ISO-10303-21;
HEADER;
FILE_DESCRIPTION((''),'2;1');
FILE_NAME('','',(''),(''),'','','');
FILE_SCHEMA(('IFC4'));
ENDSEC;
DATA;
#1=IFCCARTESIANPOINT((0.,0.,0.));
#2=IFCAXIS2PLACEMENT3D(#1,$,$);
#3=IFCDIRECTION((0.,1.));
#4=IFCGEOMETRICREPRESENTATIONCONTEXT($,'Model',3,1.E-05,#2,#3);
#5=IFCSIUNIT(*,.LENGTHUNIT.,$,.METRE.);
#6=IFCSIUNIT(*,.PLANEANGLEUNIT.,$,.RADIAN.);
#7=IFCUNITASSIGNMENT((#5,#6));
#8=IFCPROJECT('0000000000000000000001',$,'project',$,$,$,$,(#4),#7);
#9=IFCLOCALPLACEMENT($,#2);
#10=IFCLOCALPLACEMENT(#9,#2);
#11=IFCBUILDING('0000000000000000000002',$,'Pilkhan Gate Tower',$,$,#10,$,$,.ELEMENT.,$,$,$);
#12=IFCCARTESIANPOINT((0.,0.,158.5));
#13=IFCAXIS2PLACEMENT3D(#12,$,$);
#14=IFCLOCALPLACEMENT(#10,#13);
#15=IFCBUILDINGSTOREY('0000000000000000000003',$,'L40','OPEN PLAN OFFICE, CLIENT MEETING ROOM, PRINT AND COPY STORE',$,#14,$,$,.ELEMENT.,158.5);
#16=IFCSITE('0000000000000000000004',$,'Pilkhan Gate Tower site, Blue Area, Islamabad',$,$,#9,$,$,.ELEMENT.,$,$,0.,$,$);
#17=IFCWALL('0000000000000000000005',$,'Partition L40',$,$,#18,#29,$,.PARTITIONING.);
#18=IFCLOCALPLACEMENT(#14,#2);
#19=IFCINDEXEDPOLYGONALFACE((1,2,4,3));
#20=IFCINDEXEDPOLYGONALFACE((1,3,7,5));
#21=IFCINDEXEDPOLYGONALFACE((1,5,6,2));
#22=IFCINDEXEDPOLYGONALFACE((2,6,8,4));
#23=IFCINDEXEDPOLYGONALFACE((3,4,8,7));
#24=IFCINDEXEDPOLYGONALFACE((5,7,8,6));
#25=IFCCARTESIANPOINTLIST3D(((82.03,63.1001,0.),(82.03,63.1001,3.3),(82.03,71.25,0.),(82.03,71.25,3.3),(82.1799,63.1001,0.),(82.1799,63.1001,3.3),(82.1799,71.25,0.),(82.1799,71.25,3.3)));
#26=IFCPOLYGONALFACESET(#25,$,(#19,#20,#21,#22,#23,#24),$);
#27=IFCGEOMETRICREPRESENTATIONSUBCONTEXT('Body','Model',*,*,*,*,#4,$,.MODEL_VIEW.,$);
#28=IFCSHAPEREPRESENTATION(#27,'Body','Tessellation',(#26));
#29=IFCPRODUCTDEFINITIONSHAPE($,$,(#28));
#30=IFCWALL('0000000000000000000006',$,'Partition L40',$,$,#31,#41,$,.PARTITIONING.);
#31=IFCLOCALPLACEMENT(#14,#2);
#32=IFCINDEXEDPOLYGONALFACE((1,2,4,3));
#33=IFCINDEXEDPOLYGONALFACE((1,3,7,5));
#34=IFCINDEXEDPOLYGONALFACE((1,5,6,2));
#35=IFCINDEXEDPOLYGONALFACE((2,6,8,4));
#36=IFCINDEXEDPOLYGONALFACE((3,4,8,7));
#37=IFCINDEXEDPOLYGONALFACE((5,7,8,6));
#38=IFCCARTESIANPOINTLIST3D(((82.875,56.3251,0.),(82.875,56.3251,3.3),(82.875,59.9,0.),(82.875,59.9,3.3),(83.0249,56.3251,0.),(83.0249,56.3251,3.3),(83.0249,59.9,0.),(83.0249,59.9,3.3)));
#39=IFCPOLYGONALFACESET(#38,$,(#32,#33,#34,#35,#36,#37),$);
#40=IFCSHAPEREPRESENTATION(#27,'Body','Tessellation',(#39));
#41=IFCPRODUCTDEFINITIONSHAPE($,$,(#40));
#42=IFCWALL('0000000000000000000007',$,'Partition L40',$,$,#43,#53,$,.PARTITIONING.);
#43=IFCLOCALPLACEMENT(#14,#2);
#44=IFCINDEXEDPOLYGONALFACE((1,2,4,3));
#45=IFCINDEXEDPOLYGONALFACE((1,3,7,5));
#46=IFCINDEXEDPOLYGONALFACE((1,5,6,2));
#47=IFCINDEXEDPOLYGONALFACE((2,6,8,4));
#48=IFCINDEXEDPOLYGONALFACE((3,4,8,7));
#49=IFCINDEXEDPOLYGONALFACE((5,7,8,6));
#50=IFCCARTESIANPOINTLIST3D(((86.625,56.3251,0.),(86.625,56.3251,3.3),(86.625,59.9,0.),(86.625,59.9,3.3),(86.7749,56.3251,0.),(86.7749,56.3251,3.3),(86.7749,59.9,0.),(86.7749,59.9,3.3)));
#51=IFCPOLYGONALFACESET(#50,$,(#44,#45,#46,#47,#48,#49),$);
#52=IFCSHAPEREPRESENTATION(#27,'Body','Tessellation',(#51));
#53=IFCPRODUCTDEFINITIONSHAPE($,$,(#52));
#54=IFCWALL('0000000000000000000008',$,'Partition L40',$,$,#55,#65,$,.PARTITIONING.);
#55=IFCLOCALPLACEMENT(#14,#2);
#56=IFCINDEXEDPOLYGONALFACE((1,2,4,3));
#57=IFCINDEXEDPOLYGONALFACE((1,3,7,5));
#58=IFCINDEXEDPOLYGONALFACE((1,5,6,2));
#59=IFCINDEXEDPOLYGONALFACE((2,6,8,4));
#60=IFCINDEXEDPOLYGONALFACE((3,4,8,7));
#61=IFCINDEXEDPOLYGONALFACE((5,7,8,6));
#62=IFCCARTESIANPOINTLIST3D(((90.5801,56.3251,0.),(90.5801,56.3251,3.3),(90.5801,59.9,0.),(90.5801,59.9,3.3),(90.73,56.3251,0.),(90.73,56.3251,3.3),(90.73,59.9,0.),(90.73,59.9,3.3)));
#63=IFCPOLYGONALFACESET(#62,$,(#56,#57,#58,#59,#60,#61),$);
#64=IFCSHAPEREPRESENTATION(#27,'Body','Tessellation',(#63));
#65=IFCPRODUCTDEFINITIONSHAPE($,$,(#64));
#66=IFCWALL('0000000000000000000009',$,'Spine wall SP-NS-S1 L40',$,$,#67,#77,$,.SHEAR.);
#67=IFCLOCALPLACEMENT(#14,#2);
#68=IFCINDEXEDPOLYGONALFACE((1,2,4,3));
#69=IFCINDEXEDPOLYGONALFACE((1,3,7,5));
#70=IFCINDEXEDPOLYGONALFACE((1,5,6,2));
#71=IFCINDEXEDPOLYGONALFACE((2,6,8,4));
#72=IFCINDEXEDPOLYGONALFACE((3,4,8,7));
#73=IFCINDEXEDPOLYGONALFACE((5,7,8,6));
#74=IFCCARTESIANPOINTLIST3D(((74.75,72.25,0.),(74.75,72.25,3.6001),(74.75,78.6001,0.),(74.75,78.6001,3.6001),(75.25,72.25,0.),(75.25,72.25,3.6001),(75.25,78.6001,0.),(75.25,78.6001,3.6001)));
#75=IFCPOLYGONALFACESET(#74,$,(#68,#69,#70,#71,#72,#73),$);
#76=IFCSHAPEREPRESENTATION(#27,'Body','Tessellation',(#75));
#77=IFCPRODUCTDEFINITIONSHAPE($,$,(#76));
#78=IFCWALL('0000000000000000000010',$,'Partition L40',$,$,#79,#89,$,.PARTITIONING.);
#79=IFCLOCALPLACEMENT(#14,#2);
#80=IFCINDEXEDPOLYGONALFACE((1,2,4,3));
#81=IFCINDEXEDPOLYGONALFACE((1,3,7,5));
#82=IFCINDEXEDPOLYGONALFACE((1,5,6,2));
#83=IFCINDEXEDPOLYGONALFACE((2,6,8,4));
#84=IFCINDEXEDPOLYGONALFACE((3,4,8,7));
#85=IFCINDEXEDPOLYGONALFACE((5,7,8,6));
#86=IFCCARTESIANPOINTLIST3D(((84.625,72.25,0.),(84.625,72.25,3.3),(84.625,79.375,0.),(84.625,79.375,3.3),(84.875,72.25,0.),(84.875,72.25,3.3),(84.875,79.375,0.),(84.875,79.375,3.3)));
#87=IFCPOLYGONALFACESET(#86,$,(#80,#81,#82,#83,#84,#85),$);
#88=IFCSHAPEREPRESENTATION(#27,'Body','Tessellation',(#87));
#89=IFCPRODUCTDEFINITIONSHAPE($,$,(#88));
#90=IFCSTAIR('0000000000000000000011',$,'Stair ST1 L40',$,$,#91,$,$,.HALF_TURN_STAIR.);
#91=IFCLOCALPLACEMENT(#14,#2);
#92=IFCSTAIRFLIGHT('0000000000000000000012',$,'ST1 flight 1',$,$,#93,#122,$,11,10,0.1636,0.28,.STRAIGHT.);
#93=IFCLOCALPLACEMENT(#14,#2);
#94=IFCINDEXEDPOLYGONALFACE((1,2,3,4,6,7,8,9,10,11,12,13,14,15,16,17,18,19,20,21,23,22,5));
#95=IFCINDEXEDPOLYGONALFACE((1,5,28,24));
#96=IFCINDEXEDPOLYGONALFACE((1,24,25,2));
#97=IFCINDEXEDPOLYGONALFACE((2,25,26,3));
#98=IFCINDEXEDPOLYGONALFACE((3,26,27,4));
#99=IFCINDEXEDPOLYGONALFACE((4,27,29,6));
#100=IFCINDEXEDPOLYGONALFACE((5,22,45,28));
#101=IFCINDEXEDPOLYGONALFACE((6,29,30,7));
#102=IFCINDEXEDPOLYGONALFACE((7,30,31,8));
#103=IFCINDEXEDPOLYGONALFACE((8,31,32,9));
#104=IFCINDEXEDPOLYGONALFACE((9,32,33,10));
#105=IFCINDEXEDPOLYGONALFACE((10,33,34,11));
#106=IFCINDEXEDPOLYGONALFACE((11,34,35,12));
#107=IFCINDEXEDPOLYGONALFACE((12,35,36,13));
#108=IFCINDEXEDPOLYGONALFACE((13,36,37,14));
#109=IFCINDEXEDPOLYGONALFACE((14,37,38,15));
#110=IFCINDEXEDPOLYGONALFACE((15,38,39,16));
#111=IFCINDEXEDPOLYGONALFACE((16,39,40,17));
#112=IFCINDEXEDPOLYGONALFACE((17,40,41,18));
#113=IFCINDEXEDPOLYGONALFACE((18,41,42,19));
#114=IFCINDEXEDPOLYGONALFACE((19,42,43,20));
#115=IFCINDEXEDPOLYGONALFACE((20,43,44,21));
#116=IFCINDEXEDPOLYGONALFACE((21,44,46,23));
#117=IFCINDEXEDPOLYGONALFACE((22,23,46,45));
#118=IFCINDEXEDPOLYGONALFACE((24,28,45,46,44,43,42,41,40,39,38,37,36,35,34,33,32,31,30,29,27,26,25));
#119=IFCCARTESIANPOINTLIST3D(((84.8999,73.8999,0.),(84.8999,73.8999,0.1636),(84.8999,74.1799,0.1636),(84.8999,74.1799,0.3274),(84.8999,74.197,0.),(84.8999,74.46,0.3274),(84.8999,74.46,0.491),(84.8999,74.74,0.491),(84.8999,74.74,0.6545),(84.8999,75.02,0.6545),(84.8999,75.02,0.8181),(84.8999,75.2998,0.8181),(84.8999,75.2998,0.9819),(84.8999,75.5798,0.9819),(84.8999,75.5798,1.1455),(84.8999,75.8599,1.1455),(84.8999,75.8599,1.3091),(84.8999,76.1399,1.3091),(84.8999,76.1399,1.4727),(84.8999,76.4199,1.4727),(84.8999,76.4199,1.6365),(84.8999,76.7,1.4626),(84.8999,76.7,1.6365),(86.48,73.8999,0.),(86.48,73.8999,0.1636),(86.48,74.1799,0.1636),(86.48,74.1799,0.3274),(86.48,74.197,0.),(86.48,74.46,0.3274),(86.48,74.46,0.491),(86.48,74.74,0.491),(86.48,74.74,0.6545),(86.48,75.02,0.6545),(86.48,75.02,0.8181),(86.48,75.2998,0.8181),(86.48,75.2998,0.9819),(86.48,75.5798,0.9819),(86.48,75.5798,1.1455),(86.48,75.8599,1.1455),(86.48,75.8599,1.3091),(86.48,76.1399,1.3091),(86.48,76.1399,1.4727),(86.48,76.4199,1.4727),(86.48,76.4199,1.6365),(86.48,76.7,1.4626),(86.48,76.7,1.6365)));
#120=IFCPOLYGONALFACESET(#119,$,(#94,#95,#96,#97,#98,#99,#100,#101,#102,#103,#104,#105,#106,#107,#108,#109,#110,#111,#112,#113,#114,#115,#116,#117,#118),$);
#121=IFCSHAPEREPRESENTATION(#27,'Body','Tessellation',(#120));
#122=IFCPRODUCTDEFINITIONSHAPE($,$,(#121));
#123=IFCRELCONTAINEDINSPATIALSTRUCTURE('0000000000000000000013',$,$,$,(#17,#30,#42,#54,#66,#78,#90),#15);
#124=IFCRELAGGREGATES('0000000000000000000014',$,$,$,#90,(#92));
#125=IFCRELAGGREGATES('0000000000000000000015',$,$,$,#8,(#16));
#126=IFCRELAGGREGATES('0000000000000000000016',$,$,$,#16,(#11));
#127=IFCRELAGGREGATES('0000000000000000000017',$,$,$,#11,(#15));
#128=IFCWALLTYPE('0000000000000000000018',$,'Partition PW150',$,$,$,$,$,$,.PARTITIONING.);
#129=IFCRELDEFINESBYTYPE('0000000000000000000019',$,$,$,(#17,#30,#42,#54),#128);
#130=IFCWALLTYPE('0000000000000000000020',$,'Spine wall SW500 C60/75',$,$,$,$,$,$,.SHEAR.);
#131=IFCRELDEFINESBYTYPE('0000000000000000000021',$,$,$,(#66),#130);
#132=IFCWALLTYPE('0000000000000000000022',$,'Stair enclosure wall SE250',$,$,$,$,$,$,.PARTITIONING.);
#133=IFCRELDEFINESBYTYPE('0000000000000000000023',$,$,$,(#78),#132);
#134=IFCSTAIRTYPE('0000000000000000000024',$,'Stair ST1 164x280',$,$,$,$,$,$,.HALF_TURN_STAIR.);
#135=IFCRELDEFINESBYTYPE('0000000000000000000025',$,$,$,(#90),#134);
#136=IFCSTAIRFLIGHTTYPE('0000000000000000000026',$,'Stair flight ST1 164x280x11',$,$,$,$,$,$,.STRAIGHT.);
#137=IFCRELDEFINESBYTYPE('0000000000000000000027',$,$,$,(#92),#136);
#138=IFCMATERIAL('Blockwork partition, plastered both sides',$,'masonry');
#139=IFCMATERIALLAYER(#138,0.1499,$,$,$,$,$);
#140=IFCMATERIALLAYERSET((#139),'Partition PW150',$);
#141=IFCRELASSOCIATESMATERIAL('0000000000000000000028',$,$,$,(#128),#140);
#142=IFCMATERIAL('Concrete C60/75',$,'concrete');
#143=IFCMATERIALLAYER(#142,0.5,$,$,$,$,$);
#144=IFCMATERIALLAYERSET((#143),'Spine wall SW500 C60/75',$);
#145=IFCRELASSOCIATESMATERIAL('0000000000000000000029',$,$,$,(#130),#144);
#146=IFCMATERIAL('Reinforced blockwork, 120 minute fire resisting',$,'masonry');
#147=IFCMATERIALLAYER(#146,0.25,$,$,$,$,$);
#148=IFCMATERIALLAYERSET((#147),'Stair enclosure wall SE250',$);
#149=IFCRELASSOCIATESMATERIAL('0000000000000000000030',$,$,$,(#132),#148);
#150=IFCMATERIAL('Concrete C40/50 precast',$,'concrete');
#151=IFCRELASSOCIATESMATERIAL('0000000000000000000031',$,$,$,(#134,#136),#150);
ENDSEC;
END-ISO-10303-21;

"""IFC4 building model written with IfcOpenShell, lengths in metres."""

from ifc_helpers import new_model, si_unit, direction, frame, frame_2d, origin, place, context, subcontext, project, spatial, polyline, rectangle, outline, extrude, material, layer, layer_set, type_object, element, aggregate, save


model = new_model("IFC4")

# Units and contexts
model_context = context("Model", 3, precision=1e-05, world=origin(), true_north=direction((0.0, 1.0)))
body_context = subcontext(model_context, "Body", "Model", "MODEL_VIEW")
ifc_project = project(units=[si_unit("LENGTHUNIT", "METRE"), si_unit("PLANEANGLEUNIT", "RADIAN")], contexts=[model_context])

# Site, building, storey
site_placement = place(None, origin())
site = spatial("IfcSite", under=ifc_project, at=site_placement, Name="Pilkhan Gate Tower site, Blue Area, Islamabad", CompositionType="ELEMENT", RefElevation=0.0)
building_placement = place(site_placement, origin())
building = spatial("IfcBuilding", under=site, at=building_placement, Name="Pilkhan Gate Tower", CompositionType="ELEMENT")
storey_placement = place(building_placement, frame((0.0, 0.0, 158.5)))
storey = spatial("IfcBuildingStorey", under=building, at=storey_placement, Name="L40", Description="OPEN PLAN OFFICE, CLIENT MEETING ROOM, PRINT AND COPY STORE", CompositionType="ELEMENT", Elevation=158.5)

# Shared definitions
ifc_material_1 = material(Name="Concrete C60/75", Category="concrete")

# Walls
ifc_material_2 = material(Name="Blockwork partition, plastered both sides", Category="masonry")
ifc_layer_1 = layer(ifc_material_2, 0.1499)
ifc_layer_set_1 = layer_set([ifc_layer_1], Name="Partition PW150")
wall_type_1 = type_object("IfcWallType", Name="Partition PW150", PredefinedType="PARTITIONING", material=ifc_layer_set_1)
wall_1_placement = place(storey_placement, frame((82.105, 63.1001, 0.0), z_axis=(0.0, 0.0, 1.0), x_axis=(0.0, 1.0, 0.0)))
element("IfcWall", 1, at=wall_1_placement, inside=storey, type_object=wall_type_1, Name="Partition L40", PredefinedType="PARTITIONING", context=body_context, shape_type="SweptSolid", body=[
    extrude(rectangle(XDim=8.1499, YDim=0.1499, at=frame_2d((4.075, 0.0))), origin(), (0.0, 0.0, 1.0), 3.3),
])
for number, where, z_axis, x_axis, name in (
    (2, (82.95, 56.325, 0.0), (0.0, 0.0, 1.0), (0.0, 1.0, 0.0), "Partition L40"),
    (3, (86.7, 56.325, 0.0), (0.0, 0.0, 1.0), (0.0, 1.0, 0.0), "Partition L40"),
    (4, (90.655, 56.325, 0.0), (0.0, 0.0, 1.0), (0.0, 1.0, 0.0), "Partition L40"),
):
    element("IfcWall", number, at=place(storey_placement, frame(where, z_axis=z_axis, x_axis=x_axis)), inside=storey, type_object=wall_type_1, Name=name, PredefinedType="PARTITIONING", context=body_context, shape_type="SweptSolid", body=[
        extrude(rectangle(XDim=3.575, YDim=0.1499, at=frame_2d((1.7876, 0.0))), origin(), (0.0, 0.0, 1.0), 3.3),
    ])
ifc_layer_2 = layer(ifc_material_1, 0.5)
ifc_layer_set_2 = layer_set([ifc_layer_2], Name="Spine wall SW500 C60/75")
wall_type_2 = type_object("IfcWallType", Name="Spine wall SW500 C60/75", PredefinedType="SHEAR", material=ifc_layer_set_2)
wall_2_placement = place(storey_placement, frame((75.0, 72.25, 0.0), z_axis=(0.0, 0.0, 1.0), x_axis=(0.0, 1.0, 0.0)))
element("IfcWall", 5, at=wall_2_placement, inside=storey, type_object=wall_type_2, Name="Spine wall SP-NS-S1 L40", PredefinedType="SHEAR", context=body_context, shape_type="SweptSolid", body=[
    extrude(rectangle(XDim=6.3501, YDim=0.5, at=frame_2d((3.175, 0.0))), origin(), (0.0, 0.0, 1.0), 3.6001),
])
ifc_material_3 = material(Name="Reinforced blockwork, 120 minute fire resisting", Category="masonry")
ifc_layer_3 = layer(ifc_material_3, 0.25)
ifc_layer_set_3 = layer_set([ifc_layer_3], Name="Stair enclosure wall SE250")
wall_type_3 = type_object("IfcWallType", Name="Stair enclosure wall SE250", PredefinedType="PARTITIONING", material=ifc_layer_set_3)
wall_3_placement = place(storey_placement, frame((84.75, 72.25, 0.0), z_axis=(0.0, 0.0, 1.0), x_axis=(0.0, 1.0, 0.0)))
element("IfcWall", 6, at=wall_3_placement, inside=storey, type_object=wall_type_3, Name="Partition L40", PredefinedType="PARTITIONING", context=body_context, shape_type="SweptSolid", body=[
    extrude(rectangle(XDim=7.125, YDim=0.25, at=frame_2d((3.5625, 0.0))), origin(), (0.0, 0.0, 1.0), 3.3),
])

# Stair, stair flight
ifc_material_4 = material(Name="Concrete C40/50 precast", Category="concrete")
stair_type = type_object("IfcStairType", Name="Stair ST1 164x280", PredefinedType="HALF_TURN_STAIR", material=ifc_material_4)
stair_placement = place(storey_placement, origin())
stair = element("IfcStair", 7, at=stair_placement, inside=storey, type_object=stair_type, Name="Stair ST1 L40", PredefinedType="HALF_TURN_STAIR")
stair_flight_type = type_object("IfcStairFlightType", Name="Stair flight ST1 164x280x11", PredefinedType="STRAIGHT", material=ifc_material_4)
stair_flight_placement = place(storey_placement, frame((85.6899, 73.8999, 0.0), z_axis=(0.0, 0.0, 1.0), x_axis=(0.0, 1.0, 0.0)))
stair_flight = element("IfcStairFlight", 8, at=stair_flight_placement, type_object=stair_flight_type, Name="ST1 flight 1", NumberOfRisers=11, NumberOfTreads=10, PredefinedType="STRAIGHT", RiserHeight=0.1636, TreadLength=0.28, context=body_context, shape_type="SweptSolid", body=[
    extrude(outline(polyline([(0.0, 0.0), (0.0, 0.1636), (0.28, 0.1636), (0.28, 0.3274), (0.5601, 0.3274), (0.5601, 0.491), (0.8401, 0.491), (0.8401, 0.6545), (1.1201, 0.6545), (1.1201, 0.8181), (1.3999, 0.8181), (1.3999, 0.9819), (1.6799, 0.9819), (1.6799, 1.1455), (1.96, 1.1455), (1.96, 1.3091), (2.24, 1.3091), (2.24, 1.4727), (2.52, 1.4727), (2.52, 1.6365), (2.8, 1.6365), (2.8, 1.8), (2.8, 1.4626), (0.2971, 0.0), (0.0, 0.0)])), frame((0.0, 0.79, 0.0), z_axis=(0.0, -1.0, 0.0), x_axis=(1.0, 0.0, 0.0)), (0.0, 0.0, 1.0), 1.5801),
])
aggregate(stair, [stair_flight])

save(model, "model.ifc")
